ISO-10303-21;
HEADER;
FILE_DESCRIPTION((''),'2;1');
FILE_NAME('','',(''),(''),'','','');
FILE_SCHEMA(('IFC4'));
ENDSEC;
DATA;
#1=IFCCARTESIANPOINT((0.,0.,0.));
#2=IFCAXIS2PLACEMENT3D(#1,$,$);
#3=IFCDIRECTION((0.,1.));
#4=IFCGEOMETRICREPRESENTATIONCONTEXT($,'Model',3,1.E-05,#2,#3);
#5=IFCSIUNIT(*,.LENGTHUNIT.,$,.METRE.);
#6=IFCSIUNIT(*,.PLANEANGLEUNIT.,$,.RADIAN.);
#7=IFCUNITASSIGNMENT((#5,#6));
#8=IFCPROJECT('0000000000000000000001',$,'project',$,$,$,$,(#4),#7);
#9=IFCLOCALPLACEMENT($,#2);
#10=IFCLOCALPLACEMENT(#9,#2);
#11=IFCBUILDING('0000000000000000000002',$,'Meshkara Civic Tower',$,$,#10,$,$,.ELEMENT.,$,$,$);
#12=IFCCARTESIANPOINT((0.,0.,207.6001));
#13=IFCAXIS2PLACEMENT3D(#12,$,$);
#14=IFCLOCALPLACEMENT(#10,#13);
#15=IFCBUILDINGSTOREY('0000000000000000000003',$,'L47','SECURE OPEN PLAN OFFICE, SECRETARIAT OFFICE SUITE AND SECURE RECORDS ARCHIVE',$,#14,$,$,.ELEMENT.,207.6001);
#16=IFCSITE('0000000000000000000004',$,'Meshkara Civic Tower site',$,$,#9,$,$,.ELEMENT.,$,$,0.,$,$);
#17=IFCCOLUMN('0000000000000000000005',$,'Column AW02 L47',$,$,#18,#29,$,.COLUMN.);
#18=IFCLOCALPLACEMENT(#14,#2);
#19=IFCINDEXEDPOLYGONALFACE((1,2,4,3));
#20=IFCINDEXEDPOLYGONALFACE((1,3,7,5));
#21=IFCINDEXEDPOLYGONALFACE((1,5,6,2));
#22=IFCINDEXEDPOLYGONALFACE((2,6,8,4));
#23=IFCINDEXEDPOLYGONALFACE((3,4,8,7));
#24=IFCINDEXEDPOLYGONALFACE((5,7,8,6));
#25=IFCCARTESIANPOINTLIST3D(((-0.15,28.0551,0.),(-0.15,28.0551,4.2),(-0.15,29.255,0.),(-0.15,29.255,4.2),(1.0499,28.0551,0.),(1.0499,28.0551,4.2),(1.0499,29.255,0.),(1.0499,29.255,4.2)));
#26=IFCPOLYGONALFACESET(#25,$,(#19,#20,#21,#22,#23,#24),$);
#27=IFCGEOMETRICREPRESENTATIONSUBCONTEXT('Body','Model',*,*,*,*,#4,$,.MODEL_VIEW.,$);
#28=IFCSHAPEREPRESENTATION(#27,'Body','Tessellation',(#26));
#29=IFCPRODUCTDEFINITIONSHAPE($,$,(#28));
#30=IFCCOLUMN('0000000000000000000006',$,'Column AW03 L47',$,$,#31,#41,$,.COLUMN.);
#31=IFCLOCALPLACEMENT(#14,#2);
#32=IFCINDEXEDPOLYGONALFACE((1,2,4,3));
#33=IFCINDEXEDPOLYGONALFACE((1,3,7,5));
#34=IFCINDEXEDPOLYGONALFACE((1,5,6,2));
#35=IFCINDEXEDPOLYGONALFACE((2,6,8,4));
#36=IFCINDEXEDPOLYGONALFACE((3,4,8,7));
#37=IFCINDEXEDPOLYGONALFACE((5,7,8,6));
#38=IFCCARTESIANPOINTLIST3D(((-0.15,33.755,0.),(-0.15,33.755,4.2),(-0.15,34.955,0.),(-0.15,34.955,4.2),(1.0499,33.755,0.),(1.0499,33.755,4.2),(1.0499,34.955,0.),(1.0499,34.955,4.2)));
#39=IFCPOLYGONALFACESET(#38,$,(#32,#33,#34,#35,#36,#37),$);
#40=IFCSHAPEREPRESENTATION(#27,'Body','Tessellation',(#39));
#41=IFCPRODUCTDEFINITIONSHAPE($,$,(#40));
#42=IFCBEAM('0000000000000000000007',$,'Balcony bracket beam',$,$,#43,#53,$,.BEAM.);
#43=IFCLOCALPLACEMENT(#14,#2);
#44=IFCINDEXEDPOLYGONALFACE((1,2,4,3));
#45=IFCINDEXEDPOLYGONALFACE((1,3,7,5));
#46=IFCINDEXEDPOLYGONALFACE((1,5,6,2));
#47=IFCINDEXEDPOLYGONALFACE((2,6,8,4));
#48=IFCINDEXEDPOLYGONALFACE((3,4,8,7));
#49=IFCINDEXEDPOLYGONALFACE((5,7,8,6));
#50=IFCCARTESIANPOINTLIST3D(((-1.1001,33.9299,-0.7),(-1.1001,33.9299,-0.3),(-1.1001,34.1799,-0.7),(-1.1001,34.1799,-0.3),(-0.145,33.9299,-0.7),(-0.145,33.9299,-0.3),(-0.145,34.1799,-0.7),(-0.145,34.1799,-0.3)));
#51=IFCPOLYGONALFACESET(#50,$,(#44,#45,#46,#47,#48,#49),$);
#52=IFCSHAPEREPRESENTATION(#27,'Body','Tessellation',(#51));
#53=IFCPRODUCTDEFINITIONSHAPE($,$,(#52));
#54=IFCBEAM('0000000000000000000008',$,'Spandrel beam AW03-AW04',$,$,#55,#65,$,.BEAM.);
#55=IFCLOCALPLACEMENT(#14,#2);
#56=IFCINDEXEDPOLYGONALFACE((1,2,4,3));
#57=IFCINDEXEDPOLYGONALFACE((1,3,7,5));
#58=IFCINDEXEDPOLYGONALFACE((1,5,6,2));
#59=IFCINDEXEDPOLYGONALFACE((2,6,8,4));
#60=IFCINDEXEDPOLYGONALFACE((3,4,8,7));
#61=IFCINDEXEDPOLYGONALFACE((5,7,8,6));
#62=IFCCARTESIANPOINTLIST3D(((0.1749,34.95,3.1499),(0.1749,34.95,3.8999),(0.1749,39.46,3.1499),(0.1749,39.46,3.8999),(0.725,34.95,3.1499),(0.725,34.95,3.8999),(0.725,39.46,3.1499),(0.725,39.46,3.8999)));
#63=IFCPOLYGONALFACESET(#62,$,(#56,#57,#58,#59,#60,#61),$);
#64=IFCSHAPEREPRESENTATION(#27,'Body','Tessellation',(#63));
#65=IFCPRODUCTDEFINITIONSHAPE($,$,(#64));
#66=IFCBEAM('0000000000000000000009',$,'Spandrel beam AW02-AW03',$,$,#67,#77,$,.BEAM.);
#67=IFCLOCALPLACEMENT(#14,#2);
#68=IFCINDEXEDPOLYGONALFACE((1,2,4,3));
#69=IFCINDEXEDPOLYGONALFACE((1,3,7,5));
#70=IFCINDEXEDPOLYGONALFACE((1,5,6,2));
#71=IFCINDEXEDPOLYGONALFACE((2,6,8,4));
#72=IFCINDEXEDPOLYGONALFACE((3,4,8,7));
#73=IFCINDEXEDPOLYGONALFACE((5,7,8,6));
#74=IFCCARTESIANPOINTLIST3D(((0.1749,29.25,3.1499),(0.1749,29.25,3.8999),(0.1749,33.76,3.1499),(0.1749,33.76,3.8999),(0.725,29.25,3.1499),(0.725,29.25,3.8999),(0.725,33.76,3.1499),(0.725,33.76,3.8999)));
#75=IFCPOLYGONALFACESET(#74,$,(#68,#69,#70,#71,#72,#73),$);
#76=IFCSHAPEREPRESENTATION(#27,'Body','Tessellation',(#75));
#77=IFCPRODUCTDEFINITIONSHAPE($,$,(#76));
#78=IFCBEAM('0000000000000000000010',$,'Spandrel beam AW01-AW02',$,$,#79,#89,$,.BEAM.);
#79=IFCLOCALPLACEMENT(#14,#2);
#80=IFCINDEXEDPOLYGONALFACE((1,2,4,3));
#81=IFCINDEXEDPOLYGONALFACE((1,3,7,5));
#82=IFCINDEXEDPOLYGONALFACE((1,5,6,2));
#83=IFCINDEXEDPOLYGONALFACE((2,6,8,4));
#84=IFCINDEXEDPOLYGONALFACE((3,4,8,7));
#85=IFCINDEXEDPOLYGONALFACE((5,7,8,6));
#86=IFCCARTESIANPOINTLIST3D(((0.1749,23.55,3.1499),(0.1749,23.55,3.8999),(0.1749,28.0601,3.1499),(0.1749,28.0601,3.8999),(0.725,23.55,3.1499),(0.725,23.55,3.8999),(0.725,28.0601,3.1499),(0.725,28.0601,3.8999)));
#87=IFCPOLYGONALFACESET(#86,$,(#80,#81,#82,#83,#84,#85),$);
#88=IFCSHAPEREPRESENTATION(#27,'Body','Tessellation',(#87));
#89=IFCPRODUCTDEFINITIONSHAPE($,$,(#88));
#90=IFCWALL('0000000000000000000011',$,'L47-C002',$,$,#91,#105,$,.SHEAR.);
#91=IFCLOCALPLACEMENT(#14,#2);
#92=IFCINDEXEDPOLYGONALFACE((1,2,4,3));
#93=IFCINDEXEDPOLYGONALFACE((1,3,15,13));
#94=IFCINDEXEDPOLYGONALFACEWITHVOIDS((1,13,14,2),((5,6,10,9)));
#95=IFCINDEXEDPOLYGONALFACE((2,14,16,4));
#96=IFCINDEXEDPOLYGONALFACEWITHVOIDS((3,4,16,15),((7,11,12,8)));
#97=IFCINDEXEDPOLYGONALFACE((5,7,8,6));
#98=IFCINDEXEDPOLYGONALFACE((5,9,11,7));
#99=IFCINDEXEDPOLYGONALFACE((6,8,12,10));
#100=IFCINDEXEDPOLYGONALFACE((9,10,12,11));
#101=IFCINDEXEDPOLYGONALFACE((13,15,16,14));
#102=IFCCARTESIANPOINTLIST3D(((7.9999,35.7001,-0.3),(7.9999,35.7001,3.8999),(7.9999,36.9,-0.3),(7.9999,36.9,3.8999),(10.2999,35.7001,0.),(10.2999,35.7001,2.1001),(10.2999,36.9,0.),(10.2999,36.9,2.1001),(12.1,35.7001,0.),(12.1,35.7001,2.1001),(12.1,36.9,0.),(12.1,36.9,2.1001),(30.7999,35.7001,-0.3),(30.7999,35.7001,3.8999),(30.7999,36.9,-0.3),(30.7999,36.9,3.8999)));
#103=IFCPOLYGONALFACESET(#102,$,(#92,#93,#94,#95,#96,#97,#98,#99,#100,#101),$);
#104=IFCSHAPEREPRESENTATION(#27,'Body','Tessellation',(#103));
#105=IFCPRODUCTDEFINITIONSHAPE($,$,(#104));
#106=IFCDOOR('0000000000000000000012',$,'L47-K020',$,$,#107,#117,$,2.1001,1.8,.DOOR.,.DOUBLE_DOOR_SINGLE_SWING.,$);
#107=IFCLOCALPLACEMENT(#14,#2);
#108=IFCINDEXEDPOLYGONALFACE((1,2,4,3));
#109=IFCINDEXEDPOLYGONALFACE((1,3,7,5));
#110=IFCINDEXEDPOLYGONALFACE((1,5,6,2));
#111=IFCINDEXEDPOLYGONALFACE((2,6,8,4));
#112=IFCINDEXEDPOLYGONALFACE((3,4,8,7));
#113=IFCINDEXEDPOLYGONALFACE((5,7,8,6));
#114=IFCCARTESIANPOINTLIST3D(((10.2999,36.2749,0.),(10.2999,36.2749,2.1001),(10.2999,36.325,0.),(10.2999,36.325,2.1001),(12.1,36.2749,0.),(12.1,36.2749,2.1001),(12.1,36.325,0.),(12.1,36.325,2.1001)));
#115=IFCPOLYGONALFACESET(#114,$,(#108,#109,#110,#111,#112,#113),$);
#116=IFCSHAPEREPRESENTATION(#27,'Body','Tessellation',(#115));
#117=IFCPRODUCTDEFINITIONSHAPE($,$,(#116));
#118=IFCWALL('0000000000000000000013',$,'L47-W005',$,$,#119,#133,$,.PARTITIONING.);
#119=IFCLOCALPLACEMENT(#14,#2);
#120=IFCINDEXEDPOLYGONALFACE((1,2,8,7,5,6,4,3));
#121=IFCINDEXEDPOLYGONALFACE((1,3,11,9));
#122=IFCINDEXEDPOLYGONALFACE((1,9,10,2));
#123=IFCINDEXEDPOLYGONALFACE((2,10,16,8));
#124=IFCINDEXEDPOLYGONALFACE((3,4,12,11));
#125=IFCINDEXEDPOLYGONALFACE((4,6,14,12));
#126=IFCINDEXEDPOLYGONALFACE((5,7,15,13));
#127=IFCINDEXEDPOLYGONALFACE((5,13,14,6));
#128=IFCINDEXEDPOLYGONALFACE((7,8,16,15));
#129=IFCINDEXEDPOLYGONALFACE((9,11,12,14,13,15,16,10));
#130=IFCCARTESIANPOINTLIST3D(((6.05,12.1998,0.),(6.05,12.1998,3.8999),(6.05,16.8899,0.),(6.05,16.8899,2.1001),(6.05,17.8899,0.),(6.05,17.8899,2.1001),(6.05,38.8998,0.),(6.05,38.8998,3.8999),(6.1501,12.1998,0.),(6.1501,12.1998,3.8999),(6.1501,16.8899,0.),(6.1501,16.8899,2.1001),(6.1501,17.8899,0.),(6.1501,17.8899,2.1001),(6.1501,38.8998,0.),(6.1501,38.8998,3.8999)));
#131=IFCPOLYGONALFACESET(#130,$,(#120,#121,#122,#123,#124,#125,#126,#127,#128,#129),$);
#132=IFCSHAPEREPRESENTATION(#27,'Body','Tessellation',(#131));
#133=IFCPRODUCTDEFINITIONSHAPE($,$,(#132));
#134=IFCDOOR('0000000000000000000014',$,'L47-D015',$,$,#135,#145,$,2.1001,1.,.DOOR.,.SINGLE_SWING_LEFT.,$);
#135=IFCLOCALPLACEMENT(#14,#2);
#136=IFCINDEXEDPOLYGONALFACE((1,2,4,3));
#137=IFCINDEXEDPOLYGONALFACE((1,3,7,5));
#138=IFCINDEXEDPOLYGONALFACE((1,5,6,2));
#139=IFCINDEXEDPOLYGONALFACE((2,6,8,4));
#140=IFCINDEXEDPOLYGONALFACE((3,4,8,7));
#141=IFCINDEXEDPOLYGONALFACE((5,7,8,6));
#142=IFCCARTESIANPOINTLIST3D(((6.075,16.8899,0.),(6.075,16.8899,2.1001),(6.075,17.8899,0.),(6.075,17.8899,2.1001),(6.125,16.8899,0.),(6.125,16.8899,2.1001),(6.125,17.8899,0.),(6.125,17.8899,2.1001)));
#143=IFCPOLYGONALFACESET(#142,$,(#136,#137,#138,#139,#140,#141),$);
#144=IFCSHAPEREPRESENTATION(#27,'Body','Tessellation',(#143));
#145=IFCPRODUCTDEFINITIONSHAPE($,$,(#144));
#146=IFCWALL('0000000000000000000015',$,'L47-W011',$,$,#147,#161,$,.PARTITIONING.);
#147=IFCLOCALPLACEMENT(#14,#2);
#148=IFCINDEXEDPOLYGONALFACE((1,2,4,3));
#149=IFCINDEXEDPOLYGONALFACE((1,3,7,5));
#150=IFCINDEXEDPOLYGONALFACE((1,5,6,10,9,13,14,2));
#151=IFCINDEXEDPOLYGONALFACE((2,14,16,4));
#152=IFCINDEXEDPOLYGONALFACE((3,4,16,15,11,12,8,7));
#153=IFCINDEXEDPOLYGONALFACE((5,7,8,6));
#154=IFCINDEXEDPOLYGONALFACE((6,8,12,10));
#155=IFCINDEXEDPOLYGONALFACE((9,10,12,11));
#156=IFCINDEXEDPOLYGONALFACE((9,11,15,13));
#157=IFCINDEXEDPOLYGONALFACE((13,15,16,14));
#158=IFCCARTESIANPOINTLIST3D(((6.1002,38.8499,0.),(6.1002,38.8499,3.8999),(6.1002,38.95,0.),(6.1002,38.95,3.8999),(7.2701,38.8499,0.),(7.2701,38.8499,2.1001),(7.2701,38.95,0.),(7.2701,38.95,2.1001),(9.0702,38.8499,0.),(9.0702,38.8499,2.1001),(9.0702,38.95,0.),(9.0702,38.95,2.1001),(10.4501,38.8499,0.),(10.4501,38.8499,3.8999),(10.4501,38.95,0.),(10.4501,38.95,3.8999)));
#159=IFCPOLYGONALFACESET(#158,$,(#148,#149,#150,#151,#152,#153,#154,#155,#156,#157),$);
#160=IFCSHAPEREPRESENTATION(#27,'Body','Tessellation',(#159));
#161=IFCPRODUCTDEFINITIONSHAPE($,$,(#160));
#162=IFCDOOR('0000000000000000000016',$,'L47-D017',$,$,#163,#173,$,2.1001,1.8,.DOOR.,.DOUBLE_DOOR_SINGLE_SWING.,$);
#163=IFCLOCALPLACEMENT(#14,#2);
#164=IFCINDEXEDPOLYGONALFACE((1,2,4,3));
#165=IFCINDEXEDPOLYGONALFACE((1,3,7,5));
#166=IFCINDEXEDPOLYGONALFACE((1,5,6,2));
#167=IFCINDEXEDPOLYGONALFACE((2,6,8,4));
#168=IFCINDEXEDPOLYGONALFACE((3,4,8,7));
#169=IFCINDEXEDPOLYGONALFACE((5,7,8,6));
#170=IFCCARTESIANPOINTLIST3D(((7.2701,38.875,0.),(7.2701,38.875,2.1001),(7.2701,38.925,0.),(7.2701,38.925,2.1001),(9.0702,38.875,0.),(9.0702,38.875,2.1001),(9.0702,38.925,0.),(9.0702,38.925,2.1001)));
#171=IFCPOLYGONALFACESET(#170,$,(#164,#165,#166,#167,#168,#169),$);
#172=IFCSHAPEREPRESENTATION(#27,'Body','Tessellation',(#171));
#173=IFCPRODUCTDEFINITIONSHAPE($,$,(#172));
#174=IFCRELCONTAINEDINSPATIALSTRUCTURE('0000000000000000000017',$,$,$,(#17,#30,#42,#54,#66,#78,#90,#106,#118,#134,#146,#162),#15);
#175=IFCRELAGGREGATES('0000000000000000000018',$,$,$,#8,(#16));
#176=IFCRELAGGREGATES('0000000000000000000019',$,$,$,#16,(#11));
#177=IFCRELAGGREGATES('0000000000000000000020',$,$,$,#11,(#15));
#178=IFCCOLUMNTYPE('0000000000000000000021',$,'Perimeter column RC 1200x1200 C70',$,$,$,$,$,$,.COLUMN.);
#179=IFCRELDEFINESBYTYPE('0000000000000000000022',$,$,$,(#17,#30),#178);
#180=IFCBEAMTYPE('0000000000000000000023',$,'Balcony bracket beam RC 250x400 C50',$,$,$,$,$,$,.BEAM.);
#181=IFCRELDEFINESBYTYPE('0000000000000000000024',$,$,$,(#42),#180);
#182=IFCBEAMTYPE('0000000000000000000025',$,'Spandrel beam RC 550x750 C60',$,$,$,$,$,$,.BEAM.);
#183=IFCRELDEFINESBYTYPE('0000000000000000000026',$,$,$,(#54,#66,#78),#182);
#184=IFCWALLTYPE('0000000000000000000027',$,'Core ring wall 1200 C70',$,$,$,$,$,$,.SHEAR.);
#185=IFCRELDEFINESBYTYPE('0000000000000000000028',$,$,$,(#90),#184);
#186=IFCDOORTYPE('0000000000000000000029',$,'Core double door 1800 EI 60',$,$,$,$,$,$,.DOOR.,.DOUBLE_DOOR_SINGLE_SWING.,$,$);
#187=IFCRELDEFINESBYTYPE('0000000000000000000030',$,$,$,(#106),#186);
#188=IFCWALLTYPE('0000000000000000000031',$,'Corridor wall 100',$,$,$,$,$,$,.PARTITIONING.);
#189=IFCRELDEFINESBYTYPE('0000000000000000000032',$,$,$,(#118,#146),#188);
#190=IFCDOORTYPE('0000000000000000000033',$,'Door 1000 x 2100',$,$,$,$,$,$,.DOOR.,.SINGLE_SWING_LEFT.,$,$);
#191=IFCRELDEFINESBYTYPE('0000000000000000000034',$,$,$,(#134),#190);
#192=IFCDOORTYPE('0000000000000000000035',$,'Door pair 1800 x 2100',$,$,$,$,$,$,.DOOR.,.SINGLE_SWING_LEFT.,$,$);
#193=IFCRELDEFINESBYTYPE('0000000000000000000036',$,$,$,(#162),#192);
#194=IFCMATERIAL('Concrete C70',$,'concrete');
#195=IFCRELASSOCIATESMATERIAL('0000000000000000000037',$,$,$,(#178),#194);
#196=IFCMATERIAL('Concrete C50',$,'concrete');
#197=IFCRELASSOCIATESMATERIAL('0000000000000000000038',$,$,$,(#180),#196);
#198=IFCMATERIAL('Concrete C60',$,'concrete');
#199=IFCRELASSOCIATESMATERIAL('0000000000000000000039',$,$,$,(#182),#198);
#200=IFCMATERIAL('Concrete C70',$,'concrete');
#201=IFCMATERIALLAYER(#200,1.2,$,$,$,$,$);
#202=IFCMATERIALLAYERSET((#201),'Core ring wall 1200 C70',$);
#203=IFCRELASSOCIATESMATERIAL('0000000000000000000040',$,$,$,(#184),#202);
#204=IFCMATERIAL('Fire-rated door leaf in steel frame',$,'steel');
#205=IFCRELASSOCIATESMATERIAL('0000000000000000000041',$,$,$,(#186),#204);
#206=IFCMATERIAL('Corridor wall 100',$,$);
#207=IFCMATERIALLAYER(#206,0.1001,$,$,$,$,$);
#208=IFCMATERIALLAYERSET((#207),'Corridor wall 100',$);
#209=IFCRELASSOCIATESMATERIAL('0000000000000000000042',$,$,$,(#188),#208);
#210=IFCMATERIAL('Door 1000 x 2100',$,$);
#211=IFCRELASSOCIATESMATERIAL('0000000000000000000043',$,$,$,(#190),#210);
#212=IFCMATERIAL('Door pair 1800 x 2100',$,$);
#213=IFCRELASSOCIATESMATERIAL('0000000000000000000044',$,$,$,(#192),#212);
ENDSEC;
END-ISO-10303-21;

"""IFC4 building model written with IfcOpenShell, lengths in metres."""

from ifc_helpers import new_model, si_unit, direction, frame, frame_2d, origin, origin_2d, place, context, subcontext, project, spatial, rectangle, extrude, material, layer, layer_set, material_profile, profile_set, type_object, element, fill, save


model = new_model("IFC4")

# Units and contexts
model_context = context("Model", 3, precision=1e-05, world=origin(), true_north=direction((0.0, 1.0)))
body_context = subcontext(model_context, "Body", "Model", "MODEL_VIEW")
ifc_project = project(units=[si_unit("LENGTHUNIT", "METRE"), si_unit("PLANEANGLEUNIT", "RADIAN")], contexts=[model_context])

# Site, building, storey
site_placement = place(None, origin())
site = spatial("IfcSite", under=ifc_project, at=site_placement, Name="Meshkara Civic Tower site", CompositionType="ELEMENT", RefElevation=0.0)
building_placement = place(site_placement, origin())
building = spatial("IfcBuilding", under=site, at=building_placement, Name="Meshkara Civic Tower", CompositionType="ELEMENT")
storey_placement = place(building_placement, frame((0.0, 0.0, 207.6001)))
storey = spatial("IfcBuildingStorey", under=building, at=storey_placement, Name="L47", Description="SECURE OPEN PLAN OFFICE, SECRETARIAT OFFICE SUITE AND SECURE RECORDS ARCHIVE", CompositionType="ELEMENT", Elevation=207.6001)

# Columns
ifc_material_1 = material(Name="Concrete C70", Category="concrete")
ifc_material_profile_1 = material_profile(ifc_material_1, rectangle(XDim=1.2, YDim=1.2, at=origin_2d()))
ifc_profile_set_1 = profile_set([ifc_material_profile_1], Name="Concrete C70")
column_type = type_object("IfcColumnType", Name="Perimeter column RC 1200x1200 C70", PredefinedType="COLUMN", material=ifc_profile_set_1)
for number, where, z_axis, x_axis, name in (
    (1, (0.45, 28.655, 0.0), (0.0, 0.0, 1.0), (1.0, 0.0, 0.0), "Column AW02 L47"),
    (2, (0.45, 34.355, 0.0), (0.0, 0.0, 1.0), (1.0, 0.0, 0.0), "Column AW03 L47"),
):
    element("IfcColumn", number, at=place(storey_placement, frame(where, z_axis=z_axis, x_axis=x_axis)), inside=storey, type_object=column_type, Name=name, PredefinedType="COLUMN", context=body_context, shape_type="SweptSolid", body=[
        extrude(rectangle(XDim=1.2, YDim=1.2, at=origin_2d()), origin(), (0.0, 0.0, 1.0), 4.2),
    ])

# Beams
ifc_material_2 = material(Name="Concrete C50", Category="concrete")
ifc_material_profile_2 = material_profile(ifc_material_2, rectangle(XDim=0.25, YDim=0.3999, at=origin_2d()))
ifc_profile_set_2 = profile_set([ifc_material_profile_2], Name="Concrete C50")
beam_type_1 = type_object("IfcBeamType", Name="Balcony bracket beam RC 250x400 C50", PredefinedType="BEAM", material=ifc_profile_set_2)
beam_placement = place(storey_placement, frame((-0.145, 34.0549, -0.5), z_axis=(-1.0, 0.0, 0.0), x_axis=(0.0, -1.0, 0.0)))
element("IfcBeam", 3, at=beam_placement, inside=storey, type_object=beam_type_1, Name="Balcony bracket beam", PredefinedType="BEAM", context=body_context, shape_type="SweptSolid", body=[
    extrude(rectangle(XDim=0.25, YDim=0.3999, at=origin_2d()), origin(), (0.0, 0.0, 1.0), 0.9551),
])
ifc_material_3 = material(Name="Concrete C60", Category="concrete")
ifc_material_profile_3 = material_profile(ifc_material_3, rectangle(XDim=0.55, YDim=0.75, at=origin_2d()))
ifc_profile_set_3 = profile_set([ifc_material_profile_3], Name="Concrete C60")
beam_type_2 = type_object("IfcBeamType", Name="Spandrel beam RC 550x750 C60", PredefinedType="BEAM", material=ifc_profile_set_3)
for number, where, z_axis, x_axis, name in (
    (4, (0.45, 39.46, 3.5249), (0.0, -1.0, 0.0), (1.0, 0.0, 0.0), "Spandrel beam AW03-AW04"),
    (5, (0.45, 33.76, 3.5249), (0.0, -1.0, 0.0), (1.0, 0.0, 0.0), "Spandrel beam AW02-AW03"),
    (6, (0.45, 28.0601, 3.5249), (0.0, -1.0, 0.0), (1.0, 0.0, 0.0), "Spandrel beam AW01-AW02"),
):
    element("IfcBeam", number, at=place(storey_placement, frame(where, z_axis=z_axis, x_axis=x_axis)), inside=storey, type_object=beam_type_2, Name=name, PredefinedType="BEAM", context=body_context, shape_type="SweptSolid", body=[
        extrude(rectangle(XDim=0.55, YDim=0.75, at=origin_2d()), origin(), (0.0, 0.0, 1.0), 4.51),
    ])

# Walls, openings, doors
ifc_material_4 = material(Name="Concrete C70", Category="concrete")
ifc_layer_1 = layer(ifc_material_4, 1.2)
ifc_layer_set_1 = layer_set([ifc_layer_1], Name="Core ring wall 1200 C70")
wall_type_1 = type_object("IfcWallType", Name="Core ring wall 1200 C70", PredefinedType="SHEAR", material=ifc_layer_set_1)
wall_1_placement = place(storey_placement, frame((8.0, 36.3, -0.3), z_axis=(0.0, 0.0, 1.0), x_axis=(1.0, 0.0, 0.0)))
wall_1 = element("IfcWall", 7, at=wall_1_placement, inside=storey, type_object=wall_type_1, Name="L47-C002", PredefinedType="SHEAR", context=body_context, shape_type="SweptSolid", body=[
    extrude(rectangle(XDim=22.8, YDim=1.2, at=frame_2d((11.3999, 0.0))), origin(), (0.0, 0.0, 1.0), 4.2),
])
opening_1_placement = place(wall_1_placement, frame((2.3, 0.0, 0.3)))
opening_1 = element("IfcOpeningElement", 8, at=opening_1_placement, cuts=wall_1, PredefinedType="OPENING", context=body_context, shape_type="SweptSolid", body=[
    extrude(rectangle(XDim=1.8, YDim=2.1001, at=frame_2d((0.8999, 1.05))), frame((0.0, 0.6099, 0.0), z_axis=(0.0, -1.0, 0.0), x_axis=(1.0, 0.0, 0.0)), (0.0, 0.0, 1.0), 1.22),
])
ifc_material_5 = material(Name="Fire-rated door leaf in steel frame", Category="steel")
door_type_1 = type_object("IfcDoorType", Name="Core double door 1800 EI 60", OperationType="DOUBLE_DOOR_SINGLE_SWING", PredefinedType="DOOR", material=ifc_material_5)
door_1_placement = place(opening_1_placement, origin())
door_1 = element("IfcDoor", 9, at=door_1_placement, inside=storey, type_object=door_type_1, Name="L47-K020", OperationType="DOUBLE_DOOR_SINGLE_SWING", OverallHeight=2.1001, OverallWidth=1.8, PredefinedType="DOOR", context=body_context, shape_type="SweptSolid", body=[
    extrude(rectangle(XDim=1.8, YDim=2.1001, at=frame_2d((0.8999, 1.05))), frame((0.0, 0.0249, 0.0), z_axis=(0.0, -1.0, 0.0), x_axis=(1.0, 0.0, 0.0)), (0.0, 0.0, 1.0), 0.05),
])
fill(opening_1, door_1)
ifc_material_6 = material(Name="Corridor wall 100")
ifc_layer_2 = layer(ifc_material_6, 0.1001)
ifc_layer_set_2 = layer_set([ifc_layer_2], Name="Corridor wall 100")
wall_type_2 = type_object("IfcWallType", Name="Corridor wall 100", PredefinedType="PARTITIONING", material=ifc_layer_set_2)
wall_2_placement = place(storey_placement, frame((6.1001, 38.8999, 0.0), z_axis=(0.0, 0.0, 1.0), x_axis=(0.0, -1.0, 0.0)))
wall_2 = element("IfcWall", 10, at=wall_2_placement, inside=storey, type_object=wall_type_2, Name="L47-W005", PredefinedType="PARTITIONING", context=body_context, shape_type="SweptSolid", body=[
    extrude(rectangle(XDim=26.7, YDim=0.1001, at=frame_2d((13.3501, 0.0))), origin(), (0.0, 0.0, 1.0), 3.8999),
])
opening_2_placement = place(wall_2_placement, frame((21.01, 0.0, 0.0)))
opening_2 = element("IfcOpeningElement", 11, at=opening_2_placement, cuts=wall_2, PredefinedType="OPENING", context=body_context, shape_type="SweptSolid", body=[
    extrude(rectangle(XDim=1.0, YDim=2.1001, at=frame_2d((0.5, 1.05))), frame((0.0, 0.0601, 0.0), z_axis=(0.0, -1.0, 0.0), x_axis=(1.0, 0.0, 0.0)), (0.0, 0.0, 1.0), 0.1201),
])
ifc_material_7 = material(Name="Door 1000 x 2100")
door_type_2 = type_object("IfcDoorType", Name="Door 1000 x 2100", OperationType="SINGLE_SWING_LEFT", PredefinedType="DOOR", material=ifc_material_7)
door_2_placement = place(opening_2_placement, origin())
door_2 = element("IfcDoor", 12, at=door_2_placement, inside=storey, type_object=door_type_2, Name="L47-D015", OperationType="SINGLE_SWING_LEFT", OverallHeight=2.1001, OverallWidth=1.0, PredefinedType="DOOR", context=body_context, shape_type="SweptSolid", body=[
    extrude(rectangle(XDim=1.0, YDim=2.1001, at=frame_2d((0.5, 1.05))), frame((0.0, 0.0249, 0.0), z_axis=(0.0, -1.0, 0.0), x_axis=(1.0, 0.0, 0.0)), (0.0, 0.0, 1.0), 0.05),
])
fill(opening_2, door_2)
wall_3_placement = place(storey_placement, frame((10.45, 38.8999, 0.0), z_axis=(0.0, 0.0, 1.0), x_axis=(-1.0, 0.0, 0.0)))
wall_3 = element("IfcWall", 13, at=wall_3_placement, inside=storey, type_object=wall_type_2, Name="L47-W011", PredefinedType="PARTITIONING", context=body_context, shape_type="SweptSolid", body=[
    extrude(rectangle(XDim=4.3499, YDim=0.1001, at=frame_2d((2.1748, 0.0))), origin(), (0.0, 0.0, 1.0), 3.8999),
])
opening_3_placement = place(wall_3_placement, frame((1.3799, 0.0, 0.0)))
opening_3 = element("IfcOpeningElement", 14, at=opening_3_placement, cuts=wall_3, PredefinedType="OPENING", context=body_context, shape_type="SweptSolid", body=[
    extrude(rectangle(XDim=1.8, YDim=2.1001, at=frame_2d((0.8999, 1.05))), frame((0.0, 0.0601, 0.0), z_axis=(0.0, -1.0, 0.0), x_axis=(1.0, 0.0, 0.0)), (0.0, 0.0, 1.0), 0.1201),
])
ifc_material_8 = material(Name="Door pair 1800 x 2100")
door_type_3 = type_object("IfcDoorType", Name="Door pair 1800 x 2100", OperationType="SINGLE_SWING_LEFT", PredefinedType="DOOR", material=ifc_material_8)
door_3_placement = place(opening_3_placement, origin())
door_3 = element("IfcDoor", 15, at=door_3_placement, inside=storey, type_object=door_type_3, Name="L47-D017", OperationType="DOUBLE_DOOR_SINGLE_SWING", OverallHeight=2.1001, OverallWidth=1.8, PredefinedType="DOOR", context=body_context, shape_type="SweptSolid", body=[
    extrude(rectangle(XDim=1.8, YDim=2.1001, at=frame_2d((0.8999, 1.05))), frame((0.0, 0.0249, 0.0), z_axis=(0.0, -1.0, 0.0), x_axis=(1.0, 0.0, 0.0)), (0.0, 0.0, 1.0), 0.05),
])
fill(opening_3, door_3)

save(model, "model.ifc")
